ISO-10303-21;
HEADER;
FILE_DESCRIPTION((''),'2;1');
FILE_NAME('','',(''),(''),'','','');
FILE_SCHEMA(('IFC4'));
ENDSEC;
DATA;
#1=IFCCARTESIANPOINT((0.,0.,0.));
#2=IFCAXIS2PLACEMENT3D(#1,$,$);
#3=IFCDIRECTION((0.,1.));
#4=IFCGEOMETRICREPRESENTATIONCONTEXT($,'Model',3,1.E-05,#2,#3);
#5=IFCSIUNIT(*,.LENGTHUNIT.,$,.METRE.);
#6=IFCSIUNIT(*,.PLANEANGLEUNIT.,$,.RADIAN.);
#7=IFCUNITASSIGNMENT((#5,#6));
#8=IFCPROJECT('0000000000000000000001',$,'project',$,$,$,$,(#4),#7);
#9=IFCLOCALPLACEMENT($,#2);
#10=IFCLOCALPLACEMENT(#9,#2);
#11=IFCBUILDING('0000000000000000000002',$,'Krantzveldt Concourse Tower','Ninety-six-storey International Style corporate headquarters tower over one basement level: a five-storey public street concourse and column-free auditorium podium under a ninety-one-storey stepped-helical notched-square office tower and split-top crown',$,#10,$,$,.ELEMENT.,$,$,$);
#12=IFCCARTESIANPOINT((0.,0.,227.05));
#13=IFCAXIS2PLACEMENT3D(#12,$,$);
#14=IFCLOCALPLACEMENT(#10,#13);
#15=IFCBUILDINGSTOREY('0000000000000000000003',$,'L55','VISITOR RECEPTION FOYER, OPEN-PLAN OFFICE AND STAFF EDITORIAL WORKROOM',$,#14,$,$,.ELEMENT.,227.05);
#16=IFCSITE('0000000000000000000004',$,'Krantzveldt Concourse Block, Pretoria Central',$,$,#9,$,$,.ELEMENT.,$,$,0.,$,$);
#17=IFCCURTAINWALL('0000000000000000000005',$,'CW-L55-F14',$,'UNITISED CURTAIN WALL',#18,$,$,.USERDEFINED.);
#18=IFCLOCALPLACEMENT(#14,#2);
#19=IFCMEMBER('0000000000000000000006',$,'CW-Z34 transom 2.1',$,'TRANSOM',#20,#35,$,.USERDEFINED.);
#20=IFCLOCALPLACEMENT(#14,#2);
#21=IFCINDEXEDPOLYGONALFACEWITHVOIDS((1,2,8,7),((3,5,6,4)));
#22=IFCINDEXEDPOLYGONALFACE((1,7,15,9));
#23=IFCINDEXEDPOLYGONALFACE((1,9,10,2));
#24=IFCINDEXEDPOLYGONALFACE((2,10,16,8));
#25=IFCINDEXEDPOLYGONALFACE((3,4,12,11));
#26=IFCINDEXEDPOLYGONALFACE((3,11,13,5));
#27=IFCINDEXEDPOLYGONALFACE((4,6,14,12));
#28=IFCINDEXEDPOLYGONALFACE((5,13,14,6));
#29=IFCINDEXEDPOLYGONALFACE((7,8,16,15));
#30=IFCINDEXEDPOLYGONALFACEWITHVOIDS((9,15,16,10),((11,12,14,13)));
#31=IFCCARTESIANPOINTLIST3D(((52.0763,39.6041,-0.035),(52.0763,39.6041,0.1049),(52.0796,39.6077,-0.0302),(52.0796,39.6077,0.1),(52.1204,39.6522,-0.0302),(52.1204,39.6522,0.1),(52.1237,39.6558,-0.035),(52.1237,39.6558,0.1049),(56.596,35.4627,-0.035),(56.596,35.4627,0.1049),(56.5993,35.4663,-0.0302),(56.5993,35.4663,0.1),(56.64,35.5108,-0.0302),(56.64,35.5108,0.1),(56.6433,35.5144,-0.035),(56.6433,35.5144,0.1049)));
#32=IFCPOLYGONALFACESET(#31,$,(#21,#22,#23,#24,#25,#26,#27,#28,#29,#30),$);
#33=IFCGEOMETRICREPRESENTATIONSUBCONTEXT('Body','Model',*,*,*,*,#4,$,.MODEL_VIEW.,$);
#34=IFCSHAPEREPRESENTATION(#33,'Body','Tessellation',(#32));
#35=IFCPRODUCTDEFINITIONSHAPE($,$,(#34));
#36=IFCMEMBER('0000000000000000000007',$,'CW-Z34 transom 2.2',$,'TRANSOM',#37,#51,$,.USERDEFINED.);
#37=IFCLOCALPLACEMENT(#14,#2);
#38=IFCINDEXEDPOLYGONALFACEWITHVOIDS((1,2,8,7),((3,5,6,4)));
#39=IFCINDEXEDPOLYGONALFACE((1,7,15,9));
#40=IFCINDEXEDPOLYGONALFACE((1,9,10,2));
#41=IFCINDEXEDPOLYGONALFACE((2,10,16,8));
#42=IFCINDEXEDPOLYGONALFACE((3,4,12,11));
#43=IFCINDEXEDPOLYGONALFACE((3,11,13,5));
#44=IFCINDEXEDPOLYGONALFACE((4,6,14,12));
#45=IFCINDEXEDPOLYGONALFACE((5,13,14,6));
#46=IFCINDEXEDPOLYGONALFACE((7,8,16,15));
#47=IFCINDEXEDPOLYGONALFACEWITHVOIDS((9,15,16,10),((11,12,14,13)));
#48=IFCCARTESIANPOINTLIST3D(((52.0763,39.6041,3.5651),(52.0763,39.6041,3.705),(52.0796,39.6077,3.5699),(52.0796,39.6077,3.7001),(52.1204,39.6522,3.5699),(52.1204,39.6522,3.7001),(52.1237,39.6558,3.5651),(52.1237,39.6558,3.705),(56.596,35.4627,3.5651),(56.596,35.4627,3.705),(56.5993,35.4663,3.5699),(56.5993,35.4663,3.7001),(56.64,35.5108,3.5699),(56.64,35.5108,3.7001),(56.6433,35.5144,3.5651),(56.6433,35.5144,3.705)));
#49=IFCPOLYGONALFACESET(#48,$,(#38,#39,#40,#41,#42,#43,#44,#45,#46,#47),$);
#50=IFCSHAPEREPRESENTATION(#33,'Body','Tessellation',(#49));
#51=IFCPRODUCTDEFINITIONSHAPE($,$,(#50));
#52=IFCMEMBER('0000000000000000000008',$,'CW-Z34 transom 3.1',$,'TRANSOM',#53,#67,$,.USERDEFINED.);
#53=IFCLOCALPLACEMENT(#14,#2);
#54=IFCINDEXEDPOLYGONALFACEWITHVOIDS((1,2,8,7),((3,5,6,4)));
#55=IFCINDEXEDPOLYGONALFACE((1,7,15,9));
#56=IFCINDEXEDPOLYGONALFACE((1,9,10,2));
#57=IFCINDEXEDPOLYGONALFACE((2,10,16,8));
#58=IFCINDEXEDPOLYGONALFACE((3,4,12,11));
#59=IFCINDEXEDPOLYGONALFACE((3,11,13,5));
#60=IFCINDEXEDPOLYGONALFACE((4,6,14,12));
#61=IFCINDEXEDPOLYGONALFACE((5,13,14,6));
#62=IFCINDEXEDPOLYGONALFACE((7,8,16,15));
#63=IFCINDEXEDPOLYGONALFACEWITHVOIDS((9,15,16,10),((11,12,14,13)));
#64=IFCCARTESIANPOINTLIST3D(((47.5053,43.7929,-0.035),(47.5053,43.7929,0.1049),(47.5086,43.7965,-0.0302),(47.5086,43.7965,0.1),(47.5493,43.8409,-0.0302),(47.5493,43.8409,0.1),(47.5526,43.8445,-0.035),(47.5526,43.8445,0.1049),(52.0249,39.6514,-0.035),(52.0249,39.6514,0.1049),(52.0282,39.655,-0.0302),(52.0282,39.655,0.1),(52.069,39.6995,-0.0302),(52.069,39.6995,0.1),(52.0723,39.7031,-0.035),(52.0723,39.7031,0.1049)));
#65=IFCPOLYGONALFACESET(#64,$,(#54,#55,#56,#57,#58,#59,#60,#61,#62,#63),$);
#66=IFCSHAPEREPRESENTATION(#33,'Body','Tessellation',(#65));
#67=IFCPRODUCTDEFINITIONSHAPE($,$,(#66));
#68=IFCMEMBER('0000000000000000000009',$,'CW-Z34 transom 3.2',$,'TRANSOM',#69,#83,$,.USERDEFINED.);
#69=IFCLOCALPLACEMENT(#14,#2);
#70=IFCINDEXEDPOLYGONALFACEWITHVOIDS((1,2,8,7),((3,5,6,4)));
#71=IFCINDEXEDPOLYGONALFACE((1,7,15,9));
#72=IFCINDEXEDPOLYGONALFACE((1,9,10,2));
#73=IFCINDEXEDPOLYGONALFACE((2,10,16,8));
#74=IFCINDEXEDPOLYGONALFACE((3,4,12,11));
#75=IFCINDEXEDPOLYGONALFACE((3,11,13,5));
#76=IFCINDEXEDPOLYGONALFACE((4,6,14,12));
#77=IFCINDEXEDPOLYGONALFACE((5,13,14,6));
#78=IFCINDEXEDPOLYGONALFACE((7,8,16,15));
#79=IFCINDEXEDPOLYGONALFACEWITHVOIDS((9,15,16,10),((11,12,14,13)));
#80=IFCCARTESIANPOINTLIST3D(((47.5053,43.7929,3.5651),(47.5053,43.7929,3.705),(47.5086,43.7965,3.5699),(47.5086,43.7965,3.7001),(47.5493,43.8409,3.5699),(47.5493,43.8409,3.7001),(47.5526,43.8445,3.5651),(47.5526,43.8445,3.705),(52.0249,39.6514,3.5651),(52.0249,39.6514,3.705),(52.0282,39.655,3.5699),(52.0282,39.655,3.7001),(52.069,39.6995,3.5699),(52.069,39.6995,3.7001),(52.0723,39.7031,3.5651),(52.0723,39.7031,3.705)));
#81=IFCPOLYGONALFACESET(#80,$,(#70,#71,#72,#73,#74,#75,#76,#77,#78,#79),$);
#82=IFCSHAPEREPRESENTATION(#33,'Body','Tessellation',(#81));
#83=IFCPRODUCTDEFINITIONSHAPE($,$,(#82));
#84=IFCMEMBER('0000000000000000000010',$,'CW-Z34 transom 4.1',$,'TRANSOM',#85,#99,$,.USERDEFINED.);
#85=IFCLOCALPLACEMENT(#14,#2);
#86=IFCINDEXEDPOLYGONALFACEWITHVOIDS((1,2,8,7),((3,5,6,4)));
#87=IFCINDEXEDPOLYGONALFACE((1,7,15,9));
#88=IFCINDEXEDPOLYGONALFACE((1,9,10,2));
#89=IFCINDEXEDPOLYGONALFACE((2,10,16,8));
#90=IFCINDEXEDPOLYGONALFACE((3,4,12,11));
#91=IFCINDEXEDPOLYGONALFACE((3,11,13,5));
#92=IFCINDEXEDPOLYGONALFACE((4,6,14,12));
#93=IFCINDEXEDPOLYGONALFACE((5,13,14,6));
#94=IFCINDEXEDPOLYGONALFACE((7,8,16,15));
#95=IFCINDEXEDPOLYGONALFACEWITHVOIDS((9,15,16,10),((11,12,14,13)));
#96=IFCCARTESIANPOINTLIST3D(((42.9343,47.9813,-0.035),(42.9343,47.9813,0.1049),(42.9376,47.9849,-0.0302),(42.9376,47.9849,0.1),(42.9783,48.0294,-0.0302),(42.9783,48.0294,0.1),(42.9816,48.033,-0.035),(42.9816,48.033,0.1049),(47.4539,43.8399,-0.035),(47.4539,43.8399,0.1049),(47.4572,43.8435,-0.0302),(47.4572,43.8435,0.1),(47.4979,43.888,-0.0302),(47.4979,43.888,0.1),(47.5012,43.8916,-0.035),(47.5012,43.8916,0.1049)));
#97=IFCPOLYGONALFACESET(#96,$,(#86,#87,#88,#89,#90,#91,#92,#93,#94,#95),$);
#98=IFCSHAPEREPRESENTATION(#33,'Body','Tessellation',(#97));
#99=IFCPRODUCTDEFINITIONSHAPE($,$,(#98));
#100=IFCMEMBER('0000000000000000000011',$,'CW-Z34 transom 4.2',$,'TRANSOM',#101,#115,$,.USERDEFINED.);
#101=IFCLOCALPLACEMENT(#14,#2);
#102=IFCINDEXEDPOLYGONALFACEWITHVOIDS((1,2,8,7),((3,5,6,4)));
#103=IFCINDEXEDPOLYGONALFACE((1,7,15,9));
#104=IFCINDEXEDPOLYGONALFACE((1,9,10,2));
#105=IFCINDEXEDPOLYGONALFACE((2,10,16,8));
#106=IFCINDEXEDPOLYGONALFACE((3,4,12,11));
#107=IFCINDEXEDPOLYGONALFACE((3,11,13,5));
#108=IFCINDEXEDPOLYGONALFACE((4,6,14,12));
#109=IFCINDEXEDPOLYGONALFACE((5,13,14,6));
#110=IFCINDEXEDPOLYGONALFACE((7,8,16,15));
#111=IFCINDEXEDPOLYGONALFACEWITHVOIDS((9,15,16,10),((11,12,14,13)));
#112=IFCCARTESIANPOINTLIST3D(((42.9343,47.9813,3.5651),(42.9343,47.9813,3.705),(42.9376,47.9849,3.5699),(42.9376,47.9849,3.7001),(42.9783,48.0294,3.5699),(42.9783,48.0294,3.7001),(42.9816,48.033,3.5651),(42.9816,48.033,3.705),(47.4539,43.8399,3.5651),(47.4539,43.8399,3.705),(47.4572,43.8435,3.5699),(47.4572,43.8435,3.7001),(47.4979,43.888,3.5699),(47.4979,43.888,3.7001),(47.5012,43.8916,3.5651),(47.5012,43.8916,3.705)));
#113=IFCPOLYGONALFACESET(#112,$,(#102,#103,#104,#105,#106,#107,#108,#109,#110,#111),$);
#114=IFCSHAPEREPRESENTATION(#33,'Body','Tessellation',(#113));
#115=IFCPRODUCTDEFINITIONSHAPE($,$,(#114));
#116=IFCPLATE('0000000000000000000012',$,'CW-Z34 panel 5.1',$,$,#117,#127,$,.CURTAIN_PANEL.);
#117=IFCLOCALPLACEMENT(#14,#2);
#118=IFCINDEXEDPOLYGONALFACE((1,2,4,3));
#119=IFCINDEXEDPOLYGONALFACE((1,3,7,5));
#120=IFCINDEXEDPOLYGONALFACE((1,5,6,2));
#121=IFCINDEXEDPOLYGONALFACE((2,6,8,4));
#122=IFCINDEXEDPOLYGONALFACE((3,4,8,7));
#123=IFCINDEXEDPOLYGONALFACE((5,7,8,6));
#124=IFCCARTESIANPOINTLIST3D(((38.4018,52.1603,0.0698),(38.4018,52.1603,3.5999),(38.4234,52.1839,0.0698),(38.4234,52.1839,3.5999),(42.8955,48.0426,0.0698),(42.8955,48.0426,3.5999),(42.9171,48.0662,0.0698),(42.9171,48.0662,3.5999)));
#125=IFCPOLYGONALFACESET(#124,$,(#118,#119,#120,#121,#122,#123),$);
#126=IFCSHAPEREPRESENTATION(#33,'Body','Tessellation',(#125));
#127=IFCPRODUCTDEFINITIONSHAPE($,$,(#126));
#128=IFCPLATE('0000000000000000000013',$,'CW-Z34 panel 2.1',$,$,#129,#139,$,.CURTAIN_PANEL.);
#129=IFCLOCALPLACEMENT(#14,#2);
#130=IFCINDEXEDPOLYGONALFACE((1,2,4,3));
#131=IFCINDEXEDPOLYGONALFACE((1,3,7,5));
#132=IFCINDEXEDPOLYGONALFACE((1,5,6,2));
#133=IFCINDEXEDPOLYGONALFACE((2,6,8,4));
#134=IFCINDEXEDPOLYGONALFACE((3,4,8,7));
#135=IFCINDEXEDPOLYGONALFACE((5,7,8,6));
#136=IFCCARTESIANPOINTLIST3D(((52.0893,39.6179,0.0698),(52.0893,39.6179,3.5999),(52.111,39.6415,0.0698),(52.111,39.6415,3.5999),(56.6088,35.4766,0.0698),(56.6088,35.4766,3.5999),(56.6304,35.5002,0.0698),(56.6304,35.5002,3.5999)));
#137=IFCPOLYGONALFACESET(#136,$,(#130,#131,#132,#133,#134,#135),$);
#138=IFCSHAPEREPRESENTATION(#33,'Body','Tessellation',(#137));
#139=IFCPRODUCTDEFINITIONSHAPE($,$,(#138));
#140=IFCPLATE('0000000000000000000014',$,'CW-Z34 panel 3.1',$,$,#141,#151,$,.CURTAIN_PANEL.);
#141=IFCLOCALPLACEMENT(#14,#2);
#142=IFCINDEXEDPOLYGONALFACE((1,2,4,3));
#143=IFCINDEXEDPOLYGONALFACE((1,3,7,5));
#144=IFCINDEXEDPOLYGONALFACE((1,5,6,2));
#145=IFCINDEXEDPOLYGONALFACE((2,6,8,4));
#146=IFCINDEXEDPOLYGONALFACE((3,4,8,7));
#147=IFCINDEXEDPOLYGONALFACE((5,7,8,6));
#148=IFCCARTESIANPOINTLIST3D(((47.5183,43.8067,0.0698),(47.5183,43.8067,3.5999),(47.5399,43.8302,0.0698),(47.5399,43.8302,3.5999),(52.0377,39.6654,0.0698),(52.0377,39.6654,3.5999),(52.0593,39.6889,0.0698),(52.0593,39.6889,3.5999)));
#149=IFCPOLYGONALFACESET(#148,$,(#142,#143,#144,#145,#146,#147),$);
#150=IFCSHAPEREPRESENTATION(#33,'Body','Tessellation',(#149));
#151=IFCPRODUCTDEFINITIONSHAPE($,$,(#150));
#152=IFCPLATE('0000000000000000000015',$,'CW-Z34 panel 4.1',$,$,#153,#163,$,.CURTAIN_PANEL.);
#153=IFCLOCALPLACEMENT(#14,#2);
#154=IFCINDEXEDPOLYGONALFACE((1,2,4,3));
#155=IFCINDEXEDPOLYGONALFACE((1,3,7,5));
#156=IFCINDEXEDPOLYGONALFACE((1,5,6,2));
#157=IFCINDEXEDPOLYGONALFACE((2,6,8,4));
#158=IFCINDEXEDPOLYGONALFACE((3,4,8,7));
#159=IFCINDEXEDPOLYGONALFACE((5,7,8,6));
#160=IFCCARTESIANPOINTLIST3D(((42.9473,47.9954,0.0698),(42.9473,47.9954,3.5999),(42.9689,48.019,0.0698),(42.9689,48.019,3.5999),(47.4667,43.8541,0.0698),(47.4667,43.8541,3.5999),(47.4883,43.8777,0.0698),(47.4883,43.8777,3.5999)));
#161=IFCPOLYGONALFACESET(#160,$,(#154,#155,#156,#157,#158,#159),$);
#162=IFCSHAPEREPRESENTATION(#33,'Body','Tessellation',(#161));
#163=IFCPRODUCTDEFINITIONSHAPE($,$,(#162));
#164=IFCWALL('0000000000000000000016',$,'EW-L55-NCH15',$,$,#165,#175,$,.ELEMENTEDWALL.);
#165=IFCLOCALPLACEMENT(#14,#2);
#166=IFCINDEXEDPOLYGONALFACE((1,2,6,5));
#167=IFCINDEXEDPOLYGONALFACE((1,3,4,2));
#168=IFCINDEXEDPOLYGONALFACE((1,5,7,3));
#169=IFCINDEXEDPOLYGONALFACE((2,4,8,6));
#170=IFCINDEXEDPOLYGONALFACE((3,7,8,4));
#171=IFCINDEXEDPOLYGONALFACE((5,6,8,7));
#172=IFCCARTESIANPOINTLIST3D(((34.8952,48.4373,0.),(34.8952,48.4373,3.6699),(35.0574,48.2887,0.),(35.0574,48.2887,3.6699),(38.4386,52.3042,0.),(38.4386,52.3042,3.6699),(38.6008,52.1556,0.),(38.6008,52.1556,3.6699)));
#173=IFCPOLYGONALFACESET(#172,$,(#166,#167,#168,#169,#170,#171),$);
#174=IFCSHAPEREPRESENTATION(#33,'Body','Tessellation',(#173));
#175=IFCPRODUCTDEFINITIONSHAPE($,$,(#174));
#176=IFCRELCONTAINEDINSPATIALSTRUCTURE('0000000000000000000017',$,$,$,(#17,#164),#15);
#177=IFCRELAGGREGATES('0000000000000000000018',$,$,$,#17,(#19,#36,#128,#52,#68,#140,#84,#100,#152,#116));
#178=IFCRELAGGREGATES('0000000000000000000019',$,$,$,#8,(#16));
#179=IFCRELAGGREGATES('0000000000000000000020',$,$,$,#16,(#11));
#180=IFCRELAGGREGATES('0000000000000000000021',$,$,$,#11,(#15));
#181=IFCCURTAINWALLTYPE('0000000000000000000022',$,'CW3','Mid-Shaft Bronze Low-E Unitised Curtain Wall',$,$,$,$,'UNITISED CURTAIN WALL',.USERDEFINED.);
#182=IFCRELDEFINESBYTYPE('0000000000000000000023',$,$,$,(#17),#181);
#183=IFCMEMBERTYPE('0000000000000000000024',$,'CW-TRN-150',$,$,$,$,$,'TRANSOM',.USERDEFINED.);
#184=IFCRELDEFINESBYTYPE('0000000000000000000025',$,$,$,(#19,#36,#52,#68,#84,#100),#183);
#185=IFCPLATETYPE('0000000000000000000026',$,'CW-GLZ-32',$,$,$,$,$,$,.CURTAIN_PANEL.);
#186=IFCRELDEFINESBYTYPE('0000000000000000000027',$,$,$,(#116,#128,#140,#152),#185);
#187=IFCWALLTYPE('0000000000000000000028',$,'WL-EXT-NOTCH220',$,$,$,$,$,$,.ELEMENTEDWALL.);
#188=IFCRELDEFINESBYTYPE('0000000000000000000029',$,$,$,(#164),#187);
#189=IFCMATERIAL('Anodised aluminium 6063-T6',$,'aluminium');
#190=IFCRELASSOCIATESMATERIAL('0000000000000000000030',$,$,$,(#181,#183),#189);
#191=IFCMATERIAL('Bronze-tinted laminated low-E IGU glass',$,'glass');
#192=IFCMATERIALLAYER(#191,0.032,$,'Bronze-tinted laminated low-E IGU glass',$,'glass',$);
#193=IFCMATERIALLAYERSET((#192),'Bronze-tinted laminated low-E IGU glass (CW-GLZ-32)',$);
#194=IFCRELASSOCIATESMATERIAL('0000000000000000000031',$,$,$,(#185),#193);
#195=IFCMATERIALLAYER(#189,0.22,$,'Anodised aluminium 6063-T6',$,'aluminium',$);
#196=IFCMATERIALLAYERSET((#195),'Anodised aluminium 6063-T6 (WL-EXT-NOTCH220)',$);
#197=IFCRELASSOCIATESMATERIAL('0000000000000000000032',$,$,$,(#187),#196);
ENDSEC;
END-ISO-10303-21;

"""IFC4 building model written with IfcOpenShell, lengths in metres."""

from ifc_helpers import new_model, si_unit, direction, frame, frame_2d, origin, origin_2d, place, context, subcontext, project, spatial, rectangle, hollow_rectangle, extrude, source, transform, mapped, material, layer, layer_set, material_profile, profile_set, type_object, type_shapes, element, aggregate, save


model = new_model("IFC4")

# Units and contexts
model_context = context("Model", 3, precision=1e-05, world=origin(), true_north=direction((0.0, 1.0)))
body_context = subcontext(model_context, "Body", "Model", "MODEL_VIEW")
ifc_project = project(units=[si_unit("LENGTHUNIT", "METRE"), si_unit("PLANEANGLEUNIT", "RADIAN")], contexts=[model_context])

# Site, building, storey
site_placement = place(None, origin())
site = spatial("IfcSite", under=ifc_project, at=site_placement, Name="Krantzveldt Concourse Block, Pretoria Central", CompositionType="ELEMENT", RefElevation=0.0)
building_placement = place(site_placement, origin())
building = spatial("IfcBuilding", under=site, at=building_placement, Name="Krantzveldt Concourse Tower", Description="Ninety-six-storey International Style corporate headquarters tower over one basement level: a five-storey public street concourse and column-free auditorium podium under a ninety-one-storey stepped-helical notched-square office tower and split-top crown", CompositionType="ELEMENT")
storey_placement = place(building_placement, frame((0.0, 0.0, 227.05)))
storey = spatial("IfcBuildingStorey", under=building, at=storey_placement, Name="L55", Description="VISITOR RECEPTION FOYER, OPEN-PLAN OFFICE AND STAFF EDITORIAL WORKROOM", CompositionType="ELEMENT", Elevation=227.05)

# Curtain wall, members, plates
ifc_material_1 = material(Name="Anodised aluminium 6063-T6", Category="aluminium")
curtain_wall_type = type_object("IfcCurtainWallType", Name="CW3", Description="Mid-Shaft Bronze Low-E Unitised Curtain Wall", ElementType="UNITISED CURTAIN WALL", PredefinedType="USERDEFINED", material=ifc_material_1)
curtain_wall_placement = place(storey_placement, origin())
curtain_wall = element("IfcCurtainWall", 1, at=curtain_wall_placement, inside=storey, type_object=curtain_wall_type, Name="CW-L55-F14", ObjectType="UNITISED CURTAIN WALL", PredefinedType="USERDEFINED")
ifc_material_profile_1 = material_profile(ifc_material_1, hollow_rectangle(XDim=0.0701, YDim=0.1399, WallThickness=0.0049, at=origin_2d()), Name="Anodised aluminium 6063-T6", Category="aluminium")
ifc_profile_set_1 = profile_set([ifc_material_profile_1], Name="Anodised aluminium 6063-T6 - ALU-TRAN 140x70x5")
member_type_1 = type_object("IfcMemberType", Name="CW-TRN-150", ElementType="TRANSOM", PredefinedType="USERDEFINED", material=ifc_profile_set_1)
shared_shape_1 = source(origin(), body_context, "Body", "SweptSolid", [
    extrude(hollow_rectangle(XDim=0.0701, YDim=0.1399, WallThickness=0.0049, at=origin_2d()), origin(), (0.0, 0.0, 1.0), 6.1301),
])
member_1_placement = place(storey_placement, frame((56.6196, 35.4885, 0.0349), z_axis=(-0.73728, 0.675588, 0.0), x_axis=(-0.675588, -0.73728, 0.0)))
member_1 = element("IfcMember", 2, at=member_1_placement, type_object=member_type_1, Name="CW-Z34 transom 2.1", ObjectType="TRANSOM", PredefinedType="USERDEFINED", context=body_context, shape_type="MappedRepresentation", body=[
    mapped(shared_shape_1, transform((0.0, 0.0, 0.0), x_axis=(1.0, 0.0, 0.0), y_axis=(0.0, 1.0, 0.0), z_axis=(0.0, 0.0, 1.0), scale=1.0)),
])
member_2_placement = place(storey_placement, frame((56.6196, 35.4885, 3.635), z_axis=(-0.73728, 0.675588, 0.0), x_axis=(-0.675588, -0.73728, 0.0)))
member_2 = element("IfcMember", 3, at=member_2_placement, type_object=member_type_1, Name="CW-Z34 transom 2.2", ObjectType="TRANSOM", PredefinedType="USERDEFINED", context=body_context, shape_type="MappedRepresentation", body=[
    mapped(shared_shape_1, transform((0.0, 0.0, 0.0), x_axis=(1.0, 0.0, 0.0), y_axis=(0.0, 1.0, 0.0), z_axis=(0.0, 0.0, 1.0), scale=1.0)),
])
member_3_placement = place(storey_placement, frame((52.0486, 39.6772, 0.0349), z_axis=(-0.73728, 0.675588, 0.0), x_axis=(-0.675588, -0.73728, 0.0)))
member_3 = element("IfcMember", 4, at=member_3_placement, type_object=member_type_1, Name="CW-Z34 transom 3.1", ObjectType="TRANSOM", PredefinedType="USERDEFINED", context=body_context, shape_type="MappedRepresentation", body=[
    mapped(shared_shape_1, transform((0.0, 0.0, 0.0), x_axis=(1.0, 0.0, 0.0), y_axis=(0.0, 1.0, 0.0), z_axis=(0.0, 0.0, 1.0), scale=1.0)),
])
member_4_placement = place(storey_placement, frame((52.0486, 39.6772, 3.635), z_axis=(-0.73728, 0.675588, 0.0), x_axis=(-0.675588, -0.73728, 0.0)))
member_4 = element("IfcMember", 5, at=member_4_placement, type_object=member_type_1, Name="CW-Z34 transom 3.2", ObjectType="TRANSOM", PredefinedType="USERDEFINED", context=body_context, shape_type="MappedRepresentation", body=[
    mapped(shared_shape_1, transform((0.0, 0.0, 0.0), x_axis=(1.0, 0.0, 0.0), y_axis=(0.0, 1.0, 0.0), z_axis=(0.0, 0.0, 1.0), scale=1.0)),
])
member_5_placement = place(storey_placement, frame((47.4775, 43.8657, 0.0349), z_axis=(-0.73728, 0.675588, 0.0), x_axis=(-0.675588, -0.73728, 0.0)))
member_5 = element("IfcMember", 6, at=member_5_placement, type_object=member_type_1, Name="CW-Z34 transom 4.1", ObjectType="TRANSOM", PredefinedType="USERDEFINED", context=body_context, shape_type="MappedRepresentation", body=[
    mapped(shared_shape_1, transform((0.0, 0.0, 0.0), x_axis=(1.0, 0.0, 0.0), y_axis=(0.0, 1.0, 0.0), z_axis=(0.0, 0.0, 1.0), scale=1.0)),
])
member_6_placement = place(storey_placement, frame((47.4775, 43.8657, 3.635), z_axis=(-0.73728, 0.675588, 0.0), x_axis=(-0.675588, -0.73728, 0.0)))
member_6 = element("IfcMember", 7, at=member_6_placement, type_object=member_type_1, Name="CW-Z34 transom 4.2", ObjectType="TRANSOM", PredefinedType="USERDEFINED", context=body_context, shape_type="MappedRepresentation", body=[
    mapped(shared_shape_1, transform((0.0, 0.0, 0.0), x_axis=(1.0, 0.0, 0.0), y_axis=(0.0, 1.0, 0.0), z_axis=(0.0, 0.0, 1.0), scale=1.0)),
])
ifc_material_2 = material(Name="Bronze-tinted laminated low-E IGU glass", Category="glass")
ifc_layer_1 = layer(ifc_material_2, 0.032, Name="Bronze-tinted laminated low-E IGU glass", Category="glass")
ifc_layer_set_1 = layer_set([ifc_layer_1], Name="Bronze-tinted laminated low-E IGU glass (CW-GLZ-32)")
plate_type = type_object("IfcPlateType", Name="CW-GLZ-32", PredefinedType="CURTAIN_PANEL", material=ifc_layer_set_1)
shared_shape_2 = source(origin(), body_context, "Body", "SweptSolid", [
    extrude(rectangle(XDim=6.095, YDim=0.032, at=origin_2d()), origin(), (0.0, 0.0, 1.0), 3.53),
])
plate_1_placement = place(storey_placement, frame((40.6594, 50.1133, 0.0698), z_axis=(0.0, 0.0, 1.0), x_axis=(-0.737277, 0.67559, 0.0)))
plate_1 = element("IfcPlate", 8, at=plate_1_placement, type_object=plate_type, Name="CW-Z34 panel 5.1", PredefinedType="CURTAIN_PANEL", context=body_context, shape_type="MappedRepresentation", body=[
    mapped(shared_shape_2, transform((0.0, 0.0, 0.0), x_axis=(1.0, 0.0, 0.0), y_axis=(0.0, 1.0, 0.0), z_axis=(0.0, 0.0, 1.0), scale=1.0)),
])
shared_shape_3 = source(origin(), body_context, "Body", "SweptSolid", [
    extrude(rectangle(XDim=6.1299, YDim=0.032, at=origin_2d()), origin(), (0.0, 0.0, 1.0), 3.53),
])
type_shapes(plate_type, [shared_shape_2, shared_shape_3])
plate_2_placement = place(storey_placement, frame((54.3599, 37.5591, 0.0698), z_axis=(0.0, 0.0, 1.0), x_axis=(-0.737277, 0.67559, 0.0)))
plate_2 = element("IfcPlate", 9, at=plate_2_placement, type_object=plate_type, Name="CW-Z34 panel 2.1", PredefinedType="CURTAIN_PANEL", context=body_context, shape_type="MappedRepresentation", body=[
    mapped(shared_shape_3, transform((0.0, 0.0, 0.0), x_axis=(1.0, 0.0, 0.0), y_axis=(0.0, 1.0, 0.0), z_axis=(0.0, 0.0, 1.0), scale=1.0)),
])
plate_3_placement = place(storey_placement, frame((49.7888, 41.7478, 0.0698), z_axis=(0.0, 0.0, 1.0), x_axis=(-0.737277, 0.67559, 0.0)))
plate_3 = element("IfcPlate", 10, at=plate_3_placement, type_object=plate_type, Name="CW-Z34 panel 3.1", PredefinedType="CURTAIN_PANEL", context=body_context, shape_type="MappedRepresentation", body=[
    mapped(shared_shape_3, transform((0.0, 0.0, 0.0), x_axis=(1.0, 0.0, 0.0), y_axis=(0.0, 1.0, 0.0), z_axis=(0.0, 0.0, 1.0), scale=1.0)),
])
plate_4_placement = place(storey_placement, frame((45.2178, 45.9365, 0.0698), z_axis=(0.0, 0.0, 1.0), x_axis=(-0.737277, 0.67559, 0.0)))
plate_4 = element("IfcPlate", 11, at=plate_4_placement, type_object=plate_type, Name="CW-Z34 panel 4.1", PredefinedType="CURTAIN_PANEL", context=body_context, shape_type="MappedRepresentation", body=[
    mapped(shared_shape_3, transform((0.0, 0.0, 0.0), x_axis=(1.0, 0.0, 0.0), y_axis=(0.0, 1.0, 0.0), z_axis=(0.0, 0.0, 1.0), scale=1.0)),
])
aggregate(curtain_wall, [member_1, member_2, plate_2, member_3, member_4, plate_3, member_5, member_6, plate_4, plate_1])

# Wall
ifc_layer_2 = layer(ifc_material_1, 0.22, Name="Anodised aluminium 6063-T6", Category="aluminium")
ifc_layer_set_2 = layer_set([ifc_layer_2], Name="Anodised aluminium 6063-T6 (WL-EXT-NOTCH220)")
wall_type_1 = type_object("IfcWallType", Name="WL-EXT-NOTCH220", PredefinedType="ELEMENTEDWALL", material=ifc_layer_set_2)
wall_1_placement = place(storey_placement, frame((38.5198, 52.23, 0.0), z_axis=(0.0, 0.0, 1.0), x_axis=(-0.675596, -0.737272, 0.0)))
element("IfcWall", 12, at=wall_1_placement, inside=storey, type_object=wall_type_1, Name="EW-L55-NCH15", PredefinedType="ELEMENTEDWALL", context=body_context, shape_type="SweptSolid", body=[
    extrude(rectangle(XDim=5.2449, YDim=0.22, at=frame_2d((2.6226, 0.0))), origin(), (0.0, 0.0, 1.0), 3.6699),
])

save(model, "model.ifc")
